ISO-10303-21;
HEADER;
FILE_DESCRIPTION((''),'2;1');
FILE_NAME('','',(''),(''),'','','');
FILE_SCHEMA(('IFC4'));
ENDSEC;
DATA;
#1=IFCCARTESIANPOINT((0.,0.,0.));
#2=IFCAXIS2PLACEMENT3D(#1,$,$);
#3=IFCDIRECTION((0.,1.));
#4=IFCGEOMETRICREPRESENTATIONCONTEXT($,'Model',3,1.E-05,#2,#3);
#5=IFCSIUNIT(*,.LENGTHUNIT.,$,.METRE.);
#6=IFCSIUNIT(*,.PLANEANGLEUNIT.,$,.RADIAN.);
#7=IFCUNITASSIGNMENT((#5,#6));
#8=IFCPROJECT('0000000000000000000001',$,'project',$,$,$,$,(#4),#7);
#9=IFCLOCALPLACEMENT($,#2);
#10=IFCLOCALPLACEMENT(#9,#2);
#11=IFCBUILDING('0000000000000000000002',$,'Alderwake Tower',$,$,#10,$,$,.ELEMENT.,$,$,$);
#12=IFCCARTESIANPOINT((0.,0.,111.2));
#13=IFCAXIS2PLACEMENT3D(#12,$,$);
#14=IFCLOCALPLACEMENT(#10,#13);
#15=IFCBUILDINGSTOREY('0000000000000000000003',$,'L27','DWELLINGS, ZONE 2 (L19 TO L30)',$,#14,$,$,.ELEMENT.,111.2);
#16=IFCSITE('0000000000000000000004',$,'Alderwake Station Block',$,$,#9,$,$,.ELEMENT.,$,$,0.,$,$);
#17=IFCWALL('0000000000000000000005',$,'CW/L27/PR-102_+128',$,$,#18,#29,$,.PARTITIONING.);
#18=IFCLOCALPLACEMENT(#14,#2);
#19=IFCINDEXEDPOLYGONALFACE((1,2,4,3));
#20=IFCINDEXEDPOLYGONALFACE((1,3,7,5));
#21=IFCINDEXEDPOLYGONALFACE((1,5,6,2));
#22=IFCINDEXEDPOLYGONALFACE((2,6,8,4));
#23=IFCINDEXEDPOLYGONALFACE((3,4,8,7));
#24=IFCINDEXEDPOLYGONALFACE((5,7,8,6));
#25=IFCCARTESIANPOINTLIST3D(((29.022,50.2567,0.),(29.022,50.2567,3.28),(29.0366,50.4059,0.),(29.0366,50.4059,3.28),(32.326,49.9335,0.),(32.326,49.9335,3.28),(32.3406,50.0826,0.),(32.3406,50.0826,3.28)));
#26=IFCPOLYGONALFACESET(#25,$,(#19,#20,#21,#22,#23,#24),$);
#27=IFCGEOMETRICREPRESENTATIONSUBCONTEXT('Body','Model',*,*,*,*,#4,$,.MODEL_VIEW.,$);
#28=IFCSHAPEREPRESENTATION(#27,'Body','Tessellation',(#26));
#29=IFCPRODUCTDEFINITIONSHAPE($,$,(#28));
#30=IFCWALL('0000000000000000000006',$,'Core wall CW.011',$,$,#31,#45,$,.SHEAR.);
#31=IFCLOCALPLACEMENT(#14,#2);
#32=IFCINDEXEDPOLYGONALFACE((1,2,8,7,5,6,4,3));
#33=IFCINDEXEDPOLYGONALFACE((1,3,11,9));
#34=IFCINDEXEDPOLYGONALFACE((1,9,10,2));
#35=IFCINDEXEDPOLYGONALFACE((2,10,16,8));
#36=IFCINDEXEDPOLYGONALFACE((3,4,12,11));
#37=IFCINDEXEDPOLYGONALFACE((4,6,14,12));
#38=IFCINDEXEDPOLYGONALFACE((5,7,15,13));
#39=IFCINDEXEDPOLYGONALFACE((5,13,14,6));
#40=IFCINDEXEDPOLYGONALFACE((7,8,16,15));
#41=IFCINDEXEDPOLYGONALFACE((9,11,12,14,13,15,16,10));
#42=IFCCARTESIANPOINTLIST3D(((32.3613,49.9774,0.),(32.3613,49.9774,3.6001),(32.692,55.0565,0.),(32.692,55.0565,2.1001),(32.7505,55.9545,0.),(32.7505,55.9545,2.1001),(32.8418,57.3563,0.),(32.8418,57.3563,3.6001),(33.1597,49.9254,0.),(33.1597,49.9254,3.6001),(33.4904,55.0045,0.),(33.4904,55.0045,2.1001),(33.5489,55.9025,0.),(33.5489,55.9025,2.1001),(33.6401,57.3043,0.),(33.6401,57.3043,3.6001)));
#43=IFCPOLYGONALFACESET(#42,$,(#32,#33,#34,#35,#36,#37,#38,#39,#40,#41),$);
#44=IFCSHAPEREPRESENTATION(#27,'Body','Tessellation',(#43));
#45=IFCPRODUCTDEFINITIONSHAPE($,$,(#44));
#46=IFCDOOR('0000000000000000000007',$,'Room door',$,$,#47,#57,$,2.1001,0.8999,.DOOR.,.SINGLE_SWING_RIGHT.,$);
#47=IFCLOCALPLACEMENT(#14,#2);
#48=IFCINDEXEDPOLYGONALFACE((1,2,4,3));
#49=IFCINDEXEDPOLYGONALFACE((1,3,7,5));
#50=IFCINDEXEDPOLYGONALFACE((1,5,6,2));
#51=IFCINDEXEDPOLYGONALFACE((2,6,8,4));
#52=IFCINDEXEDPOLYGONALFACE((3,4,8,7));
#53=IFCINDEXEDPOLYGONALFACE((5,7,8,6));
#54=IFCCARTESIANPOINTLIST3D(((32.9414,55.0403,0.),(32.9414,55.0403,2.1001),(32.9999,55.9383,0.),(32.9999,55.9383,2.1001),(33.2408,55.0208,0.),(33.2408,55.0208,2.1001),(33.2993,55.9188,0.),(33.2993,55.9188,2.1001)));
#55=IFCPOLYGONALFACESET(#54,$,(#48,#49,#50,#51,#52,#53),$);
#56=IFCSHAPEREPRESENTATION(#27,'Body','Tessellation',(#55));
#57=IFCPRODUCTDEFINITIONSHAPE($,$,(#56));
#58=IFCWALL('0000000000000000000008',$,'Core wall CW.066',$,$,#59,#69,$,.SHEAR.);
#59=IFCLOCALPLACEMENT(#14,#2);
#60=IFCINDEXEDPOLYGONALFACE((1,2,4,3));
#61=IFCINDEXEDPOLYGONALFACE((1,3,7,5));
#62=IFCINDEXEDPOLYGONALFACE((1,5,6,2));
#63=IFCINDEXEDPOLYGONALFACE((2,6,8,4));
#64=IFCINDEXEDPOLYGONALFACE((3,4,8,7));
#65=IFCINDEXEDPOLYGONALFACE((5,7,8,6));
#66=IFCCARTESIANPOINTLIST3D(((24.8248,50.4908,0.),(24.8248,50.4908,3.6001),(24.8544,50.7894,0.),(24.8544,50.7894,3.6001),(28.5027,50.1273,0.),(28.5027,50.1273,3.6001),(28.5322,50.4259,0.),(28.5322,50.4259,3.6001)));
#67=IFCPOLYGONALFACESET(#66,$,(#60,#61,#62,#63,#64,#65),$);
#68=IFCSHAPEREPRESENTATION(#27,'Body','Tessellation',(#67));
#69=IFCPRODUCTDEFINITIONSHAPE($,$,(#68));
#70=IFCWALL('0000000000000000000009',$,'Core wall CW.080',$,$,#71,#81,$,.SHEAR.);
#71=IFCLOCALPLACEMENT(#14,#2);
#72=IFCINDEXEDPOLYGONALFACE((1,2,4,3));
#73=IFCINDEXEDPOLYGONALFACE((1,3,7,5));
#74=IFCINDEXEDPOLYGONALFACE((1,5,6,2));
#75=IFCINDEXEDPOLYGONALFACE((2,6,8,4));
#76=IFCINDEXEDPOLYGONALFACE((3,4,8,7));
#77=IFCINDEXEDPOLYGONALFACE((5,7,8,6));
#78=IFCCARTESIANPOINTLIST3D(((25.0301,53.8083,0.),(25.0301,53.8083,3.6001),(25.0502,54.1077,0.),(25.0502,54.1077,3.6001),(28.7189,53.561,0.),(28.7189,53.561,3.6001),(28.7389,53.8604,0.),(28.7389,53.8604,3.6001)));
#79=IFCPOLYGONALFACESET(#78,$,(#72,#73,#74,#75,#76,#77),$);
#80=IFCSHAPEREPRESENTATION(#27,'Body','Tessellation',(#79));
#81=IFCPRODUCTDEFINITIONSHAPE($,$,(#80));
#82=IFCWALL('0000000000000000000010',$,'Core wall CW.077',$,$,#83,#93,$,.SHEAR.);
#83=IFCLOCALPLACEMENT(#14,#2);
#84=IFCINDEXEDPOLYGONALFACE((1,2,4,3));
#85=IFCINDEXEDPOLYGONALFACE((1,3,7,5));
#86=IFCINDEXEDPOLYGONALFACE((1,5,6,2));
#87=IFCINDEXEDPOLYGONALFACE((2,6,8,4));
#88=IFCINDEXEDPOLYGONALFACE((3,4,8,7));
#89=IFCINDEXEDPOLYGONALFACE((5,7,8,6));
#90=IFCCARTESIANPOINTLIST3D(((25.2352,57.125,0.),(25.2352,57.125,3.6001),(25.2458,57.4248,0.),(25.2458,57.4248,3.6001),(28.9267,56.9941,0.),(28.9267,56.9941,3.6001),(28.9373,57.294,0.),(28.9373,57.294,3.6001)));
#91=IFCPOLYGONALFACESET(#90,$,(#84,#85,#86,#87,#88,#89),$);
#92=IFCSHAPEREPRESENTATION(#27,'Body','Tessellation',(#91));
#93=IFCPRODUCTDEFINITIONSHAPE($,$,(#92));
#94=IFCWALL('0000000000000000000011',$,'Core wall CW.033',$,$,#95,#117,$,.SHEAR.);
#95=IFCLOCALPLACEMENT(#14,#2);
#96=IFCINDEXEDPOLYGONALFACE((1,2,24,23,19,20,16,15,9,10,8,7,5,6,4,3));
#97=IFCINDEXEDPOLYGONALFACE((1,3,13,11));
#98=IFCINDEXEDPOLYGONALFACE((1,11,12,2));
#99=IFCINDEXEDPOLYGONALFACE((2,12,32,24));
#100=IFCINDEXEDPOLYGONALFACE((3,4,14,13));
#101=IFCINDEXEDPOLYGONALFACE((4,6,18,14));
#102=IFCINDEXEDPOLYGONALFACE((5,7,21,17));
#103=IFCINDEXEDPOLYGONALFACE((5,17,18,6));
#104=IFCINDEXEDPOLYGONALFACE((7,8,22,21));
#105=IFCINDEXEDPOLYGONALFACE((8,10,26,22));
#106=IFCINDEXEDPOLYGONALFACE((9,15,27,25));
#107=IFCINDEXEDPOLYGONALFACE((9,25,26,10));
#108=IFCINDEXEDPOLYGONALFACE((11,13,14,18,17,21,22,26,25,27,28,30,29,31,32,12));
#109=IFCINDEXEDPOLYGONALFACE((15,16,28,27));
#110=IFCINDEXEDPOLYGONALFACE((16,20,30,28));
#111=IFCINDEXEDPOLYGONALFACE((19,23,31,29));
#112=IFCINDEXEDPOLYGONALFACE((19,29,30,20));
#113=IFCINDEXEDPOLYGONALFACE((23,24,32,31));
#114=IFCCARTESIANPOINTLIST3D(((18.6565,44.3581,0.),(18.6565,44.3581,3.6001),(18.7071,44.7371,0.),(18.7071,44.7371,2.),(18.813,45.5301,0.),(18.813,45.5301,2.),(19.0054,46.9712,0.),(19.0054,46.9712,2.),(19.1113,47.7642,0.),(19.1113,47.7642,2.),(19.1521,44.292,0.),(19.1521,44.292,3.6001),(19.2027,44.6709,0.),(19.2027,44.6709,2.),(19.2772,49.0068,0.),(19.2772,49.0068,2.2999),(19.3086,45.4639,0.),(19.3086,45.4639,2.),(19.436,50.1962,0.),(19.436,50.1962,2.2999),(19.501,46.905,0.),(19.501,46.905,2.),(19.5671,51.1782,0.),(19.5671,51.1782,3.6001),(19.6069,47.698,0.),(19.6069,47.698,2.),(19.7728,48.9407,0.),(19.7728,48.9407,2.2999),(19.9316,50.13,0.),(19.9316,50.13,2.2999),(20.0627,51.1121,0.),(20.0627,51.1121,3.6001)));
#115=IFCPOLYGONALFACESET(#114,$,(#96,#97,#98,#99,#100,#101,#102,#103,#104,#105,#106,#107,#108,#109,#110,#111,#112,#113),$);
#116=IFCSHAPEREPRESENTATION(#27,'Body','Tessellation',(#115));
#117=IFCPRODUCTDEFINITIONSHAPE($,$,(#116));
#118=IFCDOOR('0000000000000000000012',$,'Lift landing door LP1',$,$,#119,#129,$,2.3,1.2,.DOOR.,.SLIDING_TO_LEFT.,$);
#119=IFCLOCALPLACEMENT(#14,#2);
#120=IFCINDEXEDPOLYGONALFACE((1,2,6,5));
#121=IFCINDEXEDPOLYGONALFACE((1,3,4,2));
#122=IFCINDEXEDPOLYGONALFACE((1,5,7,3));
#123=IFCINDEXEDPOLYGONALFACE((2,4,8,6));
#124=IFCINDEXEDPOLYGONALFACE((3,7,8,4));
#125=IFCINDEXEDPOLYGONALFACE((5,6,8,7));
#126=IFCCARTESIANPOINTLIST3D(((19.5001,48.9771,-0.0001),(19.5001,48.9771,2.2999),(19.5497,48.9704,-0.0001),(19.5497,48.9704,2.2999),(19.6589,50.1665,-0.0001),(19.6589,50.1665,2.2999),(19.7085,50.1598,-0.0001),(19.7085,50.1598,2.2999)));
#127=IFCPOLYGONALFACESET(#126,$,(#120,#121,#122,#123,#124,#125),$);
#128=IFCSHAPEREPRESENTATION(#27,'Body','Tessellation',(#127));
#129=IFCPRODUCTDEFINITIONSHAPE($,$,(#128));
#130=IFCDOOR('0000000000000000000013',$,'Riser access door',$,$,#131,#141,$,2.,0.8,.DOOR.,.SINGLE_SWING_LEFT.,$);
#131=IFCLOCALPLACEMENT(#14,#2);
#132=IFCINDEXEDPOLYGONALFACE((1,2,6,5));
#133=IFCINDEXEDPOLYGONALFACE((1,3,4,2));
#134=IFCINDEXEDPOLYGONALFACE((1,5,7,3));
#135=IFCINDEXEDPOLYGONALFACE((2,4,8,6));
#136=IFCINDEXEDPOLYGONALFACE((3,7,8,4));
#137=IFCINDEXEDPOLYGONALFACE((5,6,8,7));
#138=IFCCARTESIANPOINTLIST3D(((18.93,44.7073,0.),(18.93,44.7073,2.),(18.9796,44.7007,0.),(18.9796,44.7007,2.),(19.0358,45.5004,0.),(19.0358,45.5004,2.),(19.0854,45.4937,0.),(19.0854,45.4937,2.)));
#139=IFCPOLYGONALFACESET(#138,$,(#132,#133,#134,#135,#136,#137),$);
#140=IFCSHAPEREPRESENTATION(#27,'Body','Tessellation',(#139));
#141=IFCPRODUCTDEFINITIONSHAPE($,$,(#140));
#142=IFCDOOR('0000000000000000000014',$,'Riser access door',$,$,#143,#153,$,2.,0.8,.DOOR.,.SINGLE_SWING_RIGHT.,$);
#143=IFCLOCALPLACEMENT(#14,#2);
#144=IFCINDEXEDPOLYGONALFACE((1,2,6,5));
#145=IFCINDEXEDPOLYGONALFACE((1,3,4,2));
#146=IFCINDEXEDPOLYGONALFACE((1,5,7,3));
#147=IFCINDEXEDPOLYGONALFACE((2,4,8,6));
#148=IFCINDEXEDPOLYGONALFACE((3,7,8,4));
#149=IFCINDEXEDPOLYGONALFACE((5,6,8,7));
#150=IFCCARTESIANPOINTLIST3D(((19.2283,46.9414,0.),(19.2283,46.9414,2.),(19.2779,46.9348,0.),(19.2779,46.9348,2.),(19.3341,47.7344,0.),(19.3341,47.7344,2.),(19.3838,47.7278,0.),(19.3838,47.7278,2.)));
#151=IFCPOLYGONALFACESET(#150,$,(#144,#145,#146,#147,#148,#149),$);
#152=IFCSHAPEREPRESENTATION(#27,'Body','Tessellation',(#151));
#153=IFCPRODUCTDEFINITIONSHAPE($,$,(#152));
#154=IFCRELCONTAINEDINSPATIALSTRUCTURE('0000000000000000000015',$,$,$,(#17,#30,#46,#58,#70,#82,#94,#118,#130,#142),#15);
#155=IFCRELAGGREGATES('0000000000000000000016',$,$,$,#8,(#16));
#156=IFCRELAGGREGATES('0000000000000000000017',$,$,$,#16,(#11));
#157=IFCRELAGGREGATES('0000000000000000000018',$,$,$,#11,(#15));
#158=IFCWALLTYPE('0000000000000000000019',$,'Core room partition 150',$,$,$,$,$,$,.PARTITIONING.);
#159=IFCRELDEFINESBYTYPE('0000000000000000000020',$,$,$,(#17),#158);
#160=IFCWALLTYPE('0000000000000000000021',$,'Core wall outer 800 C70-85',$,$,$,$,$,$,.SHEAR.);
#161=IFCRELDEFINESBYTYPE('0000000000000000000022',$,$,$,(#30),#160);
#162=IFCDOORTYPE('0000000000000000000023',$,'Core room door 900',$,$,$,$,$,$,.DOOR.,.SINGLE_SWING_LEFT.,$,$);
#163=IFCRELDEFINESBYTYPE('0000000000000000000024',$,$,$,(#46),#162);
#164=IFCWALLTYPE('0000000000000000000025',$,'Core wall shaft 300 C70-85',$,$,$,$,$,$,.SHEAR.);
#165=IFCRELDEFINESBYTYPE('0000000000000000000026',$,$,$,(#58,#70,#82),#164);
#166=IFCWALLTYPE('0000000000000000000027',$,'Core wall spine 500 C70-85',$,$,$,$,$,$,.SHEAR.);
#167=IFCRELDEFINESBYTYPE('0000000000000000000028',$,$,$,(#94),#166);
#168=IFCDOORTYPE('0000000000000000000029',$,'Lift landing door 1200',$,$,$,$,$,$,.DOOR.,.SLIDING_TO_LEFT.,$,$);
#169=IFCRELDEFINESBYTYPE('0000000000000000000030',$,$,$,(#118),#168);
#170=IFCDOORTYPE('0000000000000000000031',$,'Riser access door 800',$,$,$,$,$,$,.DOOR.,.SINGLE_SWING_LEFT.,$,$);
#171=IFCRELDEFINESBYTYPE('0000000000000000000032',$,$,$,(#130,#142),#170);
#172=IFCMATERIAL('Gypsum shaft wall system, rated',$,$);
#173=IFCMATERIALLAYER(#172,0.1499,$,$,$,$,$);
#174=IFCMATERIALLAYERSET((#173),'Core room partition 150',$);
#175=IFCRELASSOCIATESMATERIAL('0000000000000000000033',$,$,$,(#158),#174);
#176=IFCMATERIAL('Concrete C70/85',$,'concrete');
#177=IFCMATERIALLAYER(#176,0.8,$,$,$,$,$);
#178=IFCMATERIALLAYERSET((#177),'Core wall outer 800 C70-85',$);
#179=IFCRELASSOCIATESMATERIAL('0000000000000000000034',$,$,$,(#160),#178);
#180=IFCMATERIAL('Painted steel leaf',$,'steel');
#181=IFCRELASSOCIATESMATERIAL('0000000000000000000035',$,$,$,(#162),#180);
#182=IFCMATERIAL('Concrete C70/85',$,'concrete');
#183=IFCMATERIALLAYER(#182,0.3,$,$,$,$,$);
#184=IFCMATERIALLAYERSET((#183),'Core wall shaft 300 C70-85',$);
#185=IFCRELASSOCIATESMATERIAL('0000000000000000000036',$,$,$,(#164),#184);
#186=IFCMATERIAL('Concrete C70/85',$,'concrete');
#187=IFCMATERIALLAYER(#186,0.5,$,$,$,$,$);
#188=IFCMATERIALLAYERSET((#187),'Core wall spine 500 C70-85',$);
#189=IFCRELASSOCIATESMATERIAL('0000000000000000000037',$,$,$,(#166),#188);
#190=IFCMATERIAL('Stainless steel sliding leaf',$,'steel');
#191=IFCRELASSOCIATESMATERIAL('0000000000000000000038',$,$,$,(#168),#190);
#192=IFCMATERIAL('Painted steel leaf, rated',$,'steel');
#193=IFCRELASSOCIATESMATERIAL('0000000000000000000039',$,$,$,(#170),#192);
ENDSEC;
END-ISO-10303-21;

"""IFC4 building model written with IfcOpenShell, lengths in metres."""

from ifc_helpers import new_model, si_unit, direction, frame, frame_2d, origin, place, context, subcontext, project, spatial, rectangle, extrude, material, layer, layer_set, type_object, element, fill, save


model = new_model("IFC4")

# Units and contexts
model_context = context("Model", 3, precision=1e-05, world=origin(), true_north=direction((0.0, 1.0)))
body_context = subcontext(model_context, "Body", "Model", "MODEL_VIEW")
ifc_project = project(units=[si_unit("LENGTHUNIT", "METRE"), si_unit("PLANEANGLEUNIT", "RADIAN")], contexts=[model_context])

# Site, building, storey
site_placement = place(None, origin())
site = spatial("IfcSite", under=ifc_project, at=site_placement, Name="Alderwake Station Block", CompositionType="ELEMENT", RefElevation=0.0)
building_placement = place(site_placement, origin())
building = spatial("IfcBuilding", under=site, at=building_placement, Name="Alderwake Tower", CompositionType="ELEMENT")
storey_placement = place(building_placement, frame((0.0, 0.0, 111.2)))
storey = spatial("IfcBuildingStorey", under=building, at=storey_placement, Name="L27", Description="DWELLINGS, ZONE 2 (L19 TO L30)", CompositionType="ELEMENT", Elevation=111.2)

# Wall
ifc_material_1 = material(Name="Gypsum shaft wall system, rated")
ifc_layer_1 = layer(ifc_material_1, 0.1499)
ifc_layer_set_1 = layer_set([ifc_layer_1], Name="Core room partition 150")
wall_type_1 = type_object("IfcWallType", Name="Core room partition 150", PredefinedType="PARTITIONING", material=ifc_layer_set_1)
wall_1_placement = place(storey_placement, frame((29.0293, 50.3313, 0.0), z_axis=(0.0, 0.0, 1.0), x_axis=(0.995248, -0.09737, 0.0)))
element("IfcWall", 1, at=wall_1_placement, inside=storey, type_object=wall_type_1, Name="CW/L27/PR-102_+128", PredefinedType="PARTITIONING", context=body_context, shape_type="SweptSolid", body=[
    extrude(rectangle(XDim=3.3198, YDim=0.1499, at=frame_2d((1.6599, 0.0))), origin(), (0.0, 0.0, 1.0), 3.28),
])

# Wall, opening, door
ifc_material_2 = material(Name="Concrete C70/85", Category="concrete")
ifc_layer_2 = layer(ifc_material_2, 0.8)
ifc_layer_set_2 = layer_set([ifc_layer_2], Name="Core wall outer 800 C70-85")
wall_type_2 = type_object("IfcWallType", Name="Core wall outer 800 C70-85", PredefinedType="SHEAR", material=ifc_layer_set_2)
wall_2_placement = place(storey_placement, frame((33.241, 57.3303, 0.0), z_axis=(0.0, 0.0, 1.0), x_axis=(-0.064976, -0.997887, 0.0)))
wall_2 = element("IfcWall", 2, at=wall_2_placement, inside=storey, type_object=wall_type_2, Name="Core wall CW.011", PredefinedType="SHEAR", context=body_context, shape_type="SweptSolid", body=[
    extrude(rectangle(XDim=7.3945, YDim=0.8, at=frame_2d((3.6973, 0.0))), origin(), (0.0, 0.0, 1.0), 3.6001),
])
opening_1_placement = place(wall_2_placement, frame((1.4048, 0.0, 0.0)))
opening_1 = element("IfcOpeningElement", 3, at=opening_1_placement, cuts=wall_2, PredefinedType="OPENING", context=body_context, shape_type="SweptSolid", body=[
    extrude(rectangle(XDim=0.8999, YDim=2.1001, at=frame_2d((0.45, 1.05))), frame((0.0, 0.4099, 0.0), z_axis=(0.0, -1.0, 0.0), x_axis=(1.0, 0.0, 0.0)), (0.0, 0.0, 1.0), 0.8201),
])
ifc_material_3 = material(Name="Painted steel leaf", Category="steel")
door_type_1 = type_object("IfcDoorType", Name="Core room door 900", OperationType="SINGLE_SWING_LEFT", PredefinedType="DOOR", material=ifc_material_3)
door_1_placement = place(opening_1_placement, origin())
door_1 = element("IfcDoor", 4, at=door_1_placement, inside=storey, type_object=door_type_1, Name="Room door", OperationType="SINGLE_SWING_RIGHT", OverallHeight=2.1001, OverallWidth=0.8999, PredefinedType="DOOR", context=body_context, shape_type="SweptSolid", body=[
    extrude(rectangle(XDim=0.8999, YDim=2.1001, at=frame_2d((0.45, 1.05))), frame((0.0, 0.1499, 0.0), z_axis=(0.0, -1.0, 0.0), x_axis=(1.0, 0.0, 0.0)), (0.0, 0.0, 1.0), 0.3),
])
fill(opening_1, door_1)

# Walls
ifc_material_4 = material(Name="Concrete C70/85", Category="concrete")
ifc_layer_3 = layer(ifc_material_4, 0.3)
ifc_layer_set_3 = layer_set([ifc_layer_3], Name="Core wall shaft 300 C70-85")
wall_type_3 = type_object("IfcWallType", Name="Core wall shaft 300 C70-85", PredefinedType="SHEAR", material=ifc_layer_set_3)
wall_3_placement = place(storey_placement, frame((24.8396, 50.6401, 0.0), z_axis=(0.0, 0.0, 1.0), x_axis=(0.995151, -0.098359, 0.0)))
element("IfcWall", 5, at=wall_3_placement, inside=storey, type_object=wall_type_3, Name="Core wall CW.066", PredefinedType="SHEAR", context=body_context, shape_type="SweptSolid", body=[
    extrude(rectangle(XDim=3.6958, YDim=0.3, at=frame_2d((1.8479, 0.0))), origin(), (0.0, 0.0, 1.0), 3.6001),
])
wall_4_placement = place(storey_placement, frame((25.04, 53.958, 0.0), z_axis=(0.0, 0.0, 1.0), x_axis=(0.99776, -0.066896, 0.0)))
element("IfcWall", 6, at=wall_4_placement, inside=storey, type_object=wall_type_3, Name="Core wall CW.080", PredefinedType="SHEAR", context=body_context, shape_type="SweptSolid", body=[
    extrude(rectangle(XDim=3.697, YDim=0.3, at=frame_2d((1.8486, 0.0))), origin(), (0.0, 0.0, 1.0), 3.6001),
])
wall_5_placement = place(storey_placement, frame((25.2405, 57.2749, 0.0), z_axis=(0.0, 0.0, 1.0), x_axis=(0.999372, -0.035425, 0.0)))
element("IfcWall", 7, at=wall_5_placement, inside=storey, type_object=wall_type_3, Name="Core wall CW.077", PredefinedType="SHEAR", context=body_context, shape_type="SweptSolid", body=[
    extrude(rectangle(XDim=3.6938, YDim=0.3, at=frame_2d((1.8469, 0.0))), origin(), (0.0, 0.0, 1.0), 3.6001),
])

# Wall, openings, doors
ifc_material_5 = material(Name="Concrete C70/85", Category="concrete")
ifc_layer_4 = layer(ifc_material_5, 0.5)
ifc_layer_set_4 = layer_set([ifc_layer_4], Name="Core wall spine 500 C70-85")
wall_type_4 = type_object("IfcWallType", Name="Core wall spine 500 C70-85", PredefinedType="SHEAR", material=ifc_layer_set_4)
wall_6_placement = place(storey_placement, frame((19.8149, 51.1453, 0.0), z_axis=(0.0, 0.0, 1.0), x_axis=(-0.13235, -0.991203, 0.0)))
wall_6 = element("IfcWall", 8, at=wall_6_placement, inside=storey, type_object=wall_type_4, Name="Core wall CW.033", PredefinedType="SHEAR", context=body_context, shape_type="SweptSolid", body=[
    extrude(rectangle(XDim=6.8806, YDim=0.5, at=frame_2d((3.4404, 0.0))), origin(), (0.0, 0.0, 1.0), 3.6001),
])
opening_2_placement = place(wall_6_placement, frame((0.9907, 0.0, 0.0)))
opening_2 = element("IfcOpeningElement", 9, at=opening_2_placement, cuts=wall_6, PredefinedType="OPENING", context=body_context, shape_type="SweptSolid", body=[
    extrude(rectangle(XDim=1.2, YDim=2.3, at=frame_2d((0.6001, 1.1499))), frame((0.0, 0.26, 0.0), z_axis=(0.0, -1.0, 0.0), x_axis=(1.0, 0.0, 0.0)), (0.0, 0.0, 1.0), 0.52),
])
opening_3_placement = place(wall_6_placement, frame((5.6985, 0.0, 0.0)))
opening_3 = element("IfcOpeningElement", 10, at=opening_3_placement, cuts=wall_6, PredefinedType="OPENING", context=body_context, shape_type="SweptSolid", body=[
    extrude(rectangle(XDim=0.8, YDim=2.0, at=frame_2d((0.3999, 1.0))), frame((0.0, 0.26, 0.0), z_axis=(0.0, -1.0, 0.0), x_axis=(1.0, 0.0, 0.0)), (0.0, 0.0, 1.0), 0.52),
])
opening_4_placement = place(wall_6_placement, frame((3.4446, 0.0, 0.0)))
opening_4 = element("IfcOpeningElement", 11, at=opening_4_placement, cuts=wall_6, PredefinedType="OPENING", context=body_context, shape_type="SweptSolid", body=[
    extrude(rectangle(XDim=0.8, YDim=2.0, at=frame_2d((0.3999, 1.0))), frame((0.0, 0.26, 0.0), z_axis=(0.0, -1.0, 0.0), x_axis=(1.0, 0.0, 0.0)), (0.0, 0.0, 1.0), 0.52),
])
ifc_material_6 = material(Name="Stainless steel sliding leaf", Category="steel")
door_type_2 = type_object("IfcDoorType", Name="Lift landing door 1200", OperationType="SLIDING_TO_LEFT", PredefinedType="DOOR", material=ifc_material_6)
door_2_placement = place(opening_2_placement, origin())
door_2 = element("IfcDoor", 12, at=door_2_placement, inside=storey, type_object=door_type_2, Name="Lift landing door LP1", OperationType="SLIDING_TO_LEFT", OverallHeight=2.3, OverallWidth=1.2, PredefinedType="DOOR", context=body_context, shape_type="SweptSolid", body=[
    extrude(rectangle(XDim=1.2, YDim=2.3, at=frame_2d((0.6001, 1.1499))), frame((0.0, 0.0249, 0.0), z_axis=(0.0, -1.0, 0.0), x_axis=(1.0, 0.0, 0.0)), (0.0, 0.0, 1.0), 0.05),
])
fill(opening_2, door_2)
ifc_material_7 = material(Name="Painted steel leaf, rated", Category="steel")
door_type_3 = type_object("IfcDoorType", Name="Riser access door 800", OperationType="SINGLE_SWING_LEFT", PredefinedType="DOOR", material=ifc_material_7)
door_3_placement = place(opening_3_placement, origin())
door_3 = element("IfcDoor", 13, at=door_3_placement, inside=storey, type_object=door_type_3, Name="Riser access door", OperationType="SINGLE_SWING_LEFT", OverallHeight=2.0, OverallWidth=0.8, PredefinedType="DOOR", context=body_context, shape_type="SweptSolid", body=[
    extrude(rectangle(XDim=0.8, YDim=2.0, at=frame_2d((0.3999, 1.0))), frame((0.0, 0.0249, 0.0), z_axis=(0.0, -1.0, 0.0), x_axis=(1.0, 0.0, 0.0)), (0.0, 0.0, 1.0), 0.05),
])
fill(opening_3, door_3)
door_4_placement = place(opening_4_placement, origin())
door_4 = element("IfcDoor", 14, at=door_4_placement, inside=storey, type_object=door_type_3, Name="Riser access door", OperationType="SINGLE_SWING_RIGHT", OverallHeight=2.0, OverallWidth=0.8, PredefinedType="DOOR", context=body_context, shape_type="SweptSolid", body=[
    extrude(rectangle(XDim=0.8, YDim=2.0, at=frame_2d((0.3999, 1.0))), frame((0.0, 0.0249, 0.0), z_axis=(0.0, -1.0, 0.0), x_axis=(1.0, 0.0, 0.0)), (0.0, 0.0, 1.0), 0.05),
])
fill(opening_4, door_4)

save(model, "model.ifc")
